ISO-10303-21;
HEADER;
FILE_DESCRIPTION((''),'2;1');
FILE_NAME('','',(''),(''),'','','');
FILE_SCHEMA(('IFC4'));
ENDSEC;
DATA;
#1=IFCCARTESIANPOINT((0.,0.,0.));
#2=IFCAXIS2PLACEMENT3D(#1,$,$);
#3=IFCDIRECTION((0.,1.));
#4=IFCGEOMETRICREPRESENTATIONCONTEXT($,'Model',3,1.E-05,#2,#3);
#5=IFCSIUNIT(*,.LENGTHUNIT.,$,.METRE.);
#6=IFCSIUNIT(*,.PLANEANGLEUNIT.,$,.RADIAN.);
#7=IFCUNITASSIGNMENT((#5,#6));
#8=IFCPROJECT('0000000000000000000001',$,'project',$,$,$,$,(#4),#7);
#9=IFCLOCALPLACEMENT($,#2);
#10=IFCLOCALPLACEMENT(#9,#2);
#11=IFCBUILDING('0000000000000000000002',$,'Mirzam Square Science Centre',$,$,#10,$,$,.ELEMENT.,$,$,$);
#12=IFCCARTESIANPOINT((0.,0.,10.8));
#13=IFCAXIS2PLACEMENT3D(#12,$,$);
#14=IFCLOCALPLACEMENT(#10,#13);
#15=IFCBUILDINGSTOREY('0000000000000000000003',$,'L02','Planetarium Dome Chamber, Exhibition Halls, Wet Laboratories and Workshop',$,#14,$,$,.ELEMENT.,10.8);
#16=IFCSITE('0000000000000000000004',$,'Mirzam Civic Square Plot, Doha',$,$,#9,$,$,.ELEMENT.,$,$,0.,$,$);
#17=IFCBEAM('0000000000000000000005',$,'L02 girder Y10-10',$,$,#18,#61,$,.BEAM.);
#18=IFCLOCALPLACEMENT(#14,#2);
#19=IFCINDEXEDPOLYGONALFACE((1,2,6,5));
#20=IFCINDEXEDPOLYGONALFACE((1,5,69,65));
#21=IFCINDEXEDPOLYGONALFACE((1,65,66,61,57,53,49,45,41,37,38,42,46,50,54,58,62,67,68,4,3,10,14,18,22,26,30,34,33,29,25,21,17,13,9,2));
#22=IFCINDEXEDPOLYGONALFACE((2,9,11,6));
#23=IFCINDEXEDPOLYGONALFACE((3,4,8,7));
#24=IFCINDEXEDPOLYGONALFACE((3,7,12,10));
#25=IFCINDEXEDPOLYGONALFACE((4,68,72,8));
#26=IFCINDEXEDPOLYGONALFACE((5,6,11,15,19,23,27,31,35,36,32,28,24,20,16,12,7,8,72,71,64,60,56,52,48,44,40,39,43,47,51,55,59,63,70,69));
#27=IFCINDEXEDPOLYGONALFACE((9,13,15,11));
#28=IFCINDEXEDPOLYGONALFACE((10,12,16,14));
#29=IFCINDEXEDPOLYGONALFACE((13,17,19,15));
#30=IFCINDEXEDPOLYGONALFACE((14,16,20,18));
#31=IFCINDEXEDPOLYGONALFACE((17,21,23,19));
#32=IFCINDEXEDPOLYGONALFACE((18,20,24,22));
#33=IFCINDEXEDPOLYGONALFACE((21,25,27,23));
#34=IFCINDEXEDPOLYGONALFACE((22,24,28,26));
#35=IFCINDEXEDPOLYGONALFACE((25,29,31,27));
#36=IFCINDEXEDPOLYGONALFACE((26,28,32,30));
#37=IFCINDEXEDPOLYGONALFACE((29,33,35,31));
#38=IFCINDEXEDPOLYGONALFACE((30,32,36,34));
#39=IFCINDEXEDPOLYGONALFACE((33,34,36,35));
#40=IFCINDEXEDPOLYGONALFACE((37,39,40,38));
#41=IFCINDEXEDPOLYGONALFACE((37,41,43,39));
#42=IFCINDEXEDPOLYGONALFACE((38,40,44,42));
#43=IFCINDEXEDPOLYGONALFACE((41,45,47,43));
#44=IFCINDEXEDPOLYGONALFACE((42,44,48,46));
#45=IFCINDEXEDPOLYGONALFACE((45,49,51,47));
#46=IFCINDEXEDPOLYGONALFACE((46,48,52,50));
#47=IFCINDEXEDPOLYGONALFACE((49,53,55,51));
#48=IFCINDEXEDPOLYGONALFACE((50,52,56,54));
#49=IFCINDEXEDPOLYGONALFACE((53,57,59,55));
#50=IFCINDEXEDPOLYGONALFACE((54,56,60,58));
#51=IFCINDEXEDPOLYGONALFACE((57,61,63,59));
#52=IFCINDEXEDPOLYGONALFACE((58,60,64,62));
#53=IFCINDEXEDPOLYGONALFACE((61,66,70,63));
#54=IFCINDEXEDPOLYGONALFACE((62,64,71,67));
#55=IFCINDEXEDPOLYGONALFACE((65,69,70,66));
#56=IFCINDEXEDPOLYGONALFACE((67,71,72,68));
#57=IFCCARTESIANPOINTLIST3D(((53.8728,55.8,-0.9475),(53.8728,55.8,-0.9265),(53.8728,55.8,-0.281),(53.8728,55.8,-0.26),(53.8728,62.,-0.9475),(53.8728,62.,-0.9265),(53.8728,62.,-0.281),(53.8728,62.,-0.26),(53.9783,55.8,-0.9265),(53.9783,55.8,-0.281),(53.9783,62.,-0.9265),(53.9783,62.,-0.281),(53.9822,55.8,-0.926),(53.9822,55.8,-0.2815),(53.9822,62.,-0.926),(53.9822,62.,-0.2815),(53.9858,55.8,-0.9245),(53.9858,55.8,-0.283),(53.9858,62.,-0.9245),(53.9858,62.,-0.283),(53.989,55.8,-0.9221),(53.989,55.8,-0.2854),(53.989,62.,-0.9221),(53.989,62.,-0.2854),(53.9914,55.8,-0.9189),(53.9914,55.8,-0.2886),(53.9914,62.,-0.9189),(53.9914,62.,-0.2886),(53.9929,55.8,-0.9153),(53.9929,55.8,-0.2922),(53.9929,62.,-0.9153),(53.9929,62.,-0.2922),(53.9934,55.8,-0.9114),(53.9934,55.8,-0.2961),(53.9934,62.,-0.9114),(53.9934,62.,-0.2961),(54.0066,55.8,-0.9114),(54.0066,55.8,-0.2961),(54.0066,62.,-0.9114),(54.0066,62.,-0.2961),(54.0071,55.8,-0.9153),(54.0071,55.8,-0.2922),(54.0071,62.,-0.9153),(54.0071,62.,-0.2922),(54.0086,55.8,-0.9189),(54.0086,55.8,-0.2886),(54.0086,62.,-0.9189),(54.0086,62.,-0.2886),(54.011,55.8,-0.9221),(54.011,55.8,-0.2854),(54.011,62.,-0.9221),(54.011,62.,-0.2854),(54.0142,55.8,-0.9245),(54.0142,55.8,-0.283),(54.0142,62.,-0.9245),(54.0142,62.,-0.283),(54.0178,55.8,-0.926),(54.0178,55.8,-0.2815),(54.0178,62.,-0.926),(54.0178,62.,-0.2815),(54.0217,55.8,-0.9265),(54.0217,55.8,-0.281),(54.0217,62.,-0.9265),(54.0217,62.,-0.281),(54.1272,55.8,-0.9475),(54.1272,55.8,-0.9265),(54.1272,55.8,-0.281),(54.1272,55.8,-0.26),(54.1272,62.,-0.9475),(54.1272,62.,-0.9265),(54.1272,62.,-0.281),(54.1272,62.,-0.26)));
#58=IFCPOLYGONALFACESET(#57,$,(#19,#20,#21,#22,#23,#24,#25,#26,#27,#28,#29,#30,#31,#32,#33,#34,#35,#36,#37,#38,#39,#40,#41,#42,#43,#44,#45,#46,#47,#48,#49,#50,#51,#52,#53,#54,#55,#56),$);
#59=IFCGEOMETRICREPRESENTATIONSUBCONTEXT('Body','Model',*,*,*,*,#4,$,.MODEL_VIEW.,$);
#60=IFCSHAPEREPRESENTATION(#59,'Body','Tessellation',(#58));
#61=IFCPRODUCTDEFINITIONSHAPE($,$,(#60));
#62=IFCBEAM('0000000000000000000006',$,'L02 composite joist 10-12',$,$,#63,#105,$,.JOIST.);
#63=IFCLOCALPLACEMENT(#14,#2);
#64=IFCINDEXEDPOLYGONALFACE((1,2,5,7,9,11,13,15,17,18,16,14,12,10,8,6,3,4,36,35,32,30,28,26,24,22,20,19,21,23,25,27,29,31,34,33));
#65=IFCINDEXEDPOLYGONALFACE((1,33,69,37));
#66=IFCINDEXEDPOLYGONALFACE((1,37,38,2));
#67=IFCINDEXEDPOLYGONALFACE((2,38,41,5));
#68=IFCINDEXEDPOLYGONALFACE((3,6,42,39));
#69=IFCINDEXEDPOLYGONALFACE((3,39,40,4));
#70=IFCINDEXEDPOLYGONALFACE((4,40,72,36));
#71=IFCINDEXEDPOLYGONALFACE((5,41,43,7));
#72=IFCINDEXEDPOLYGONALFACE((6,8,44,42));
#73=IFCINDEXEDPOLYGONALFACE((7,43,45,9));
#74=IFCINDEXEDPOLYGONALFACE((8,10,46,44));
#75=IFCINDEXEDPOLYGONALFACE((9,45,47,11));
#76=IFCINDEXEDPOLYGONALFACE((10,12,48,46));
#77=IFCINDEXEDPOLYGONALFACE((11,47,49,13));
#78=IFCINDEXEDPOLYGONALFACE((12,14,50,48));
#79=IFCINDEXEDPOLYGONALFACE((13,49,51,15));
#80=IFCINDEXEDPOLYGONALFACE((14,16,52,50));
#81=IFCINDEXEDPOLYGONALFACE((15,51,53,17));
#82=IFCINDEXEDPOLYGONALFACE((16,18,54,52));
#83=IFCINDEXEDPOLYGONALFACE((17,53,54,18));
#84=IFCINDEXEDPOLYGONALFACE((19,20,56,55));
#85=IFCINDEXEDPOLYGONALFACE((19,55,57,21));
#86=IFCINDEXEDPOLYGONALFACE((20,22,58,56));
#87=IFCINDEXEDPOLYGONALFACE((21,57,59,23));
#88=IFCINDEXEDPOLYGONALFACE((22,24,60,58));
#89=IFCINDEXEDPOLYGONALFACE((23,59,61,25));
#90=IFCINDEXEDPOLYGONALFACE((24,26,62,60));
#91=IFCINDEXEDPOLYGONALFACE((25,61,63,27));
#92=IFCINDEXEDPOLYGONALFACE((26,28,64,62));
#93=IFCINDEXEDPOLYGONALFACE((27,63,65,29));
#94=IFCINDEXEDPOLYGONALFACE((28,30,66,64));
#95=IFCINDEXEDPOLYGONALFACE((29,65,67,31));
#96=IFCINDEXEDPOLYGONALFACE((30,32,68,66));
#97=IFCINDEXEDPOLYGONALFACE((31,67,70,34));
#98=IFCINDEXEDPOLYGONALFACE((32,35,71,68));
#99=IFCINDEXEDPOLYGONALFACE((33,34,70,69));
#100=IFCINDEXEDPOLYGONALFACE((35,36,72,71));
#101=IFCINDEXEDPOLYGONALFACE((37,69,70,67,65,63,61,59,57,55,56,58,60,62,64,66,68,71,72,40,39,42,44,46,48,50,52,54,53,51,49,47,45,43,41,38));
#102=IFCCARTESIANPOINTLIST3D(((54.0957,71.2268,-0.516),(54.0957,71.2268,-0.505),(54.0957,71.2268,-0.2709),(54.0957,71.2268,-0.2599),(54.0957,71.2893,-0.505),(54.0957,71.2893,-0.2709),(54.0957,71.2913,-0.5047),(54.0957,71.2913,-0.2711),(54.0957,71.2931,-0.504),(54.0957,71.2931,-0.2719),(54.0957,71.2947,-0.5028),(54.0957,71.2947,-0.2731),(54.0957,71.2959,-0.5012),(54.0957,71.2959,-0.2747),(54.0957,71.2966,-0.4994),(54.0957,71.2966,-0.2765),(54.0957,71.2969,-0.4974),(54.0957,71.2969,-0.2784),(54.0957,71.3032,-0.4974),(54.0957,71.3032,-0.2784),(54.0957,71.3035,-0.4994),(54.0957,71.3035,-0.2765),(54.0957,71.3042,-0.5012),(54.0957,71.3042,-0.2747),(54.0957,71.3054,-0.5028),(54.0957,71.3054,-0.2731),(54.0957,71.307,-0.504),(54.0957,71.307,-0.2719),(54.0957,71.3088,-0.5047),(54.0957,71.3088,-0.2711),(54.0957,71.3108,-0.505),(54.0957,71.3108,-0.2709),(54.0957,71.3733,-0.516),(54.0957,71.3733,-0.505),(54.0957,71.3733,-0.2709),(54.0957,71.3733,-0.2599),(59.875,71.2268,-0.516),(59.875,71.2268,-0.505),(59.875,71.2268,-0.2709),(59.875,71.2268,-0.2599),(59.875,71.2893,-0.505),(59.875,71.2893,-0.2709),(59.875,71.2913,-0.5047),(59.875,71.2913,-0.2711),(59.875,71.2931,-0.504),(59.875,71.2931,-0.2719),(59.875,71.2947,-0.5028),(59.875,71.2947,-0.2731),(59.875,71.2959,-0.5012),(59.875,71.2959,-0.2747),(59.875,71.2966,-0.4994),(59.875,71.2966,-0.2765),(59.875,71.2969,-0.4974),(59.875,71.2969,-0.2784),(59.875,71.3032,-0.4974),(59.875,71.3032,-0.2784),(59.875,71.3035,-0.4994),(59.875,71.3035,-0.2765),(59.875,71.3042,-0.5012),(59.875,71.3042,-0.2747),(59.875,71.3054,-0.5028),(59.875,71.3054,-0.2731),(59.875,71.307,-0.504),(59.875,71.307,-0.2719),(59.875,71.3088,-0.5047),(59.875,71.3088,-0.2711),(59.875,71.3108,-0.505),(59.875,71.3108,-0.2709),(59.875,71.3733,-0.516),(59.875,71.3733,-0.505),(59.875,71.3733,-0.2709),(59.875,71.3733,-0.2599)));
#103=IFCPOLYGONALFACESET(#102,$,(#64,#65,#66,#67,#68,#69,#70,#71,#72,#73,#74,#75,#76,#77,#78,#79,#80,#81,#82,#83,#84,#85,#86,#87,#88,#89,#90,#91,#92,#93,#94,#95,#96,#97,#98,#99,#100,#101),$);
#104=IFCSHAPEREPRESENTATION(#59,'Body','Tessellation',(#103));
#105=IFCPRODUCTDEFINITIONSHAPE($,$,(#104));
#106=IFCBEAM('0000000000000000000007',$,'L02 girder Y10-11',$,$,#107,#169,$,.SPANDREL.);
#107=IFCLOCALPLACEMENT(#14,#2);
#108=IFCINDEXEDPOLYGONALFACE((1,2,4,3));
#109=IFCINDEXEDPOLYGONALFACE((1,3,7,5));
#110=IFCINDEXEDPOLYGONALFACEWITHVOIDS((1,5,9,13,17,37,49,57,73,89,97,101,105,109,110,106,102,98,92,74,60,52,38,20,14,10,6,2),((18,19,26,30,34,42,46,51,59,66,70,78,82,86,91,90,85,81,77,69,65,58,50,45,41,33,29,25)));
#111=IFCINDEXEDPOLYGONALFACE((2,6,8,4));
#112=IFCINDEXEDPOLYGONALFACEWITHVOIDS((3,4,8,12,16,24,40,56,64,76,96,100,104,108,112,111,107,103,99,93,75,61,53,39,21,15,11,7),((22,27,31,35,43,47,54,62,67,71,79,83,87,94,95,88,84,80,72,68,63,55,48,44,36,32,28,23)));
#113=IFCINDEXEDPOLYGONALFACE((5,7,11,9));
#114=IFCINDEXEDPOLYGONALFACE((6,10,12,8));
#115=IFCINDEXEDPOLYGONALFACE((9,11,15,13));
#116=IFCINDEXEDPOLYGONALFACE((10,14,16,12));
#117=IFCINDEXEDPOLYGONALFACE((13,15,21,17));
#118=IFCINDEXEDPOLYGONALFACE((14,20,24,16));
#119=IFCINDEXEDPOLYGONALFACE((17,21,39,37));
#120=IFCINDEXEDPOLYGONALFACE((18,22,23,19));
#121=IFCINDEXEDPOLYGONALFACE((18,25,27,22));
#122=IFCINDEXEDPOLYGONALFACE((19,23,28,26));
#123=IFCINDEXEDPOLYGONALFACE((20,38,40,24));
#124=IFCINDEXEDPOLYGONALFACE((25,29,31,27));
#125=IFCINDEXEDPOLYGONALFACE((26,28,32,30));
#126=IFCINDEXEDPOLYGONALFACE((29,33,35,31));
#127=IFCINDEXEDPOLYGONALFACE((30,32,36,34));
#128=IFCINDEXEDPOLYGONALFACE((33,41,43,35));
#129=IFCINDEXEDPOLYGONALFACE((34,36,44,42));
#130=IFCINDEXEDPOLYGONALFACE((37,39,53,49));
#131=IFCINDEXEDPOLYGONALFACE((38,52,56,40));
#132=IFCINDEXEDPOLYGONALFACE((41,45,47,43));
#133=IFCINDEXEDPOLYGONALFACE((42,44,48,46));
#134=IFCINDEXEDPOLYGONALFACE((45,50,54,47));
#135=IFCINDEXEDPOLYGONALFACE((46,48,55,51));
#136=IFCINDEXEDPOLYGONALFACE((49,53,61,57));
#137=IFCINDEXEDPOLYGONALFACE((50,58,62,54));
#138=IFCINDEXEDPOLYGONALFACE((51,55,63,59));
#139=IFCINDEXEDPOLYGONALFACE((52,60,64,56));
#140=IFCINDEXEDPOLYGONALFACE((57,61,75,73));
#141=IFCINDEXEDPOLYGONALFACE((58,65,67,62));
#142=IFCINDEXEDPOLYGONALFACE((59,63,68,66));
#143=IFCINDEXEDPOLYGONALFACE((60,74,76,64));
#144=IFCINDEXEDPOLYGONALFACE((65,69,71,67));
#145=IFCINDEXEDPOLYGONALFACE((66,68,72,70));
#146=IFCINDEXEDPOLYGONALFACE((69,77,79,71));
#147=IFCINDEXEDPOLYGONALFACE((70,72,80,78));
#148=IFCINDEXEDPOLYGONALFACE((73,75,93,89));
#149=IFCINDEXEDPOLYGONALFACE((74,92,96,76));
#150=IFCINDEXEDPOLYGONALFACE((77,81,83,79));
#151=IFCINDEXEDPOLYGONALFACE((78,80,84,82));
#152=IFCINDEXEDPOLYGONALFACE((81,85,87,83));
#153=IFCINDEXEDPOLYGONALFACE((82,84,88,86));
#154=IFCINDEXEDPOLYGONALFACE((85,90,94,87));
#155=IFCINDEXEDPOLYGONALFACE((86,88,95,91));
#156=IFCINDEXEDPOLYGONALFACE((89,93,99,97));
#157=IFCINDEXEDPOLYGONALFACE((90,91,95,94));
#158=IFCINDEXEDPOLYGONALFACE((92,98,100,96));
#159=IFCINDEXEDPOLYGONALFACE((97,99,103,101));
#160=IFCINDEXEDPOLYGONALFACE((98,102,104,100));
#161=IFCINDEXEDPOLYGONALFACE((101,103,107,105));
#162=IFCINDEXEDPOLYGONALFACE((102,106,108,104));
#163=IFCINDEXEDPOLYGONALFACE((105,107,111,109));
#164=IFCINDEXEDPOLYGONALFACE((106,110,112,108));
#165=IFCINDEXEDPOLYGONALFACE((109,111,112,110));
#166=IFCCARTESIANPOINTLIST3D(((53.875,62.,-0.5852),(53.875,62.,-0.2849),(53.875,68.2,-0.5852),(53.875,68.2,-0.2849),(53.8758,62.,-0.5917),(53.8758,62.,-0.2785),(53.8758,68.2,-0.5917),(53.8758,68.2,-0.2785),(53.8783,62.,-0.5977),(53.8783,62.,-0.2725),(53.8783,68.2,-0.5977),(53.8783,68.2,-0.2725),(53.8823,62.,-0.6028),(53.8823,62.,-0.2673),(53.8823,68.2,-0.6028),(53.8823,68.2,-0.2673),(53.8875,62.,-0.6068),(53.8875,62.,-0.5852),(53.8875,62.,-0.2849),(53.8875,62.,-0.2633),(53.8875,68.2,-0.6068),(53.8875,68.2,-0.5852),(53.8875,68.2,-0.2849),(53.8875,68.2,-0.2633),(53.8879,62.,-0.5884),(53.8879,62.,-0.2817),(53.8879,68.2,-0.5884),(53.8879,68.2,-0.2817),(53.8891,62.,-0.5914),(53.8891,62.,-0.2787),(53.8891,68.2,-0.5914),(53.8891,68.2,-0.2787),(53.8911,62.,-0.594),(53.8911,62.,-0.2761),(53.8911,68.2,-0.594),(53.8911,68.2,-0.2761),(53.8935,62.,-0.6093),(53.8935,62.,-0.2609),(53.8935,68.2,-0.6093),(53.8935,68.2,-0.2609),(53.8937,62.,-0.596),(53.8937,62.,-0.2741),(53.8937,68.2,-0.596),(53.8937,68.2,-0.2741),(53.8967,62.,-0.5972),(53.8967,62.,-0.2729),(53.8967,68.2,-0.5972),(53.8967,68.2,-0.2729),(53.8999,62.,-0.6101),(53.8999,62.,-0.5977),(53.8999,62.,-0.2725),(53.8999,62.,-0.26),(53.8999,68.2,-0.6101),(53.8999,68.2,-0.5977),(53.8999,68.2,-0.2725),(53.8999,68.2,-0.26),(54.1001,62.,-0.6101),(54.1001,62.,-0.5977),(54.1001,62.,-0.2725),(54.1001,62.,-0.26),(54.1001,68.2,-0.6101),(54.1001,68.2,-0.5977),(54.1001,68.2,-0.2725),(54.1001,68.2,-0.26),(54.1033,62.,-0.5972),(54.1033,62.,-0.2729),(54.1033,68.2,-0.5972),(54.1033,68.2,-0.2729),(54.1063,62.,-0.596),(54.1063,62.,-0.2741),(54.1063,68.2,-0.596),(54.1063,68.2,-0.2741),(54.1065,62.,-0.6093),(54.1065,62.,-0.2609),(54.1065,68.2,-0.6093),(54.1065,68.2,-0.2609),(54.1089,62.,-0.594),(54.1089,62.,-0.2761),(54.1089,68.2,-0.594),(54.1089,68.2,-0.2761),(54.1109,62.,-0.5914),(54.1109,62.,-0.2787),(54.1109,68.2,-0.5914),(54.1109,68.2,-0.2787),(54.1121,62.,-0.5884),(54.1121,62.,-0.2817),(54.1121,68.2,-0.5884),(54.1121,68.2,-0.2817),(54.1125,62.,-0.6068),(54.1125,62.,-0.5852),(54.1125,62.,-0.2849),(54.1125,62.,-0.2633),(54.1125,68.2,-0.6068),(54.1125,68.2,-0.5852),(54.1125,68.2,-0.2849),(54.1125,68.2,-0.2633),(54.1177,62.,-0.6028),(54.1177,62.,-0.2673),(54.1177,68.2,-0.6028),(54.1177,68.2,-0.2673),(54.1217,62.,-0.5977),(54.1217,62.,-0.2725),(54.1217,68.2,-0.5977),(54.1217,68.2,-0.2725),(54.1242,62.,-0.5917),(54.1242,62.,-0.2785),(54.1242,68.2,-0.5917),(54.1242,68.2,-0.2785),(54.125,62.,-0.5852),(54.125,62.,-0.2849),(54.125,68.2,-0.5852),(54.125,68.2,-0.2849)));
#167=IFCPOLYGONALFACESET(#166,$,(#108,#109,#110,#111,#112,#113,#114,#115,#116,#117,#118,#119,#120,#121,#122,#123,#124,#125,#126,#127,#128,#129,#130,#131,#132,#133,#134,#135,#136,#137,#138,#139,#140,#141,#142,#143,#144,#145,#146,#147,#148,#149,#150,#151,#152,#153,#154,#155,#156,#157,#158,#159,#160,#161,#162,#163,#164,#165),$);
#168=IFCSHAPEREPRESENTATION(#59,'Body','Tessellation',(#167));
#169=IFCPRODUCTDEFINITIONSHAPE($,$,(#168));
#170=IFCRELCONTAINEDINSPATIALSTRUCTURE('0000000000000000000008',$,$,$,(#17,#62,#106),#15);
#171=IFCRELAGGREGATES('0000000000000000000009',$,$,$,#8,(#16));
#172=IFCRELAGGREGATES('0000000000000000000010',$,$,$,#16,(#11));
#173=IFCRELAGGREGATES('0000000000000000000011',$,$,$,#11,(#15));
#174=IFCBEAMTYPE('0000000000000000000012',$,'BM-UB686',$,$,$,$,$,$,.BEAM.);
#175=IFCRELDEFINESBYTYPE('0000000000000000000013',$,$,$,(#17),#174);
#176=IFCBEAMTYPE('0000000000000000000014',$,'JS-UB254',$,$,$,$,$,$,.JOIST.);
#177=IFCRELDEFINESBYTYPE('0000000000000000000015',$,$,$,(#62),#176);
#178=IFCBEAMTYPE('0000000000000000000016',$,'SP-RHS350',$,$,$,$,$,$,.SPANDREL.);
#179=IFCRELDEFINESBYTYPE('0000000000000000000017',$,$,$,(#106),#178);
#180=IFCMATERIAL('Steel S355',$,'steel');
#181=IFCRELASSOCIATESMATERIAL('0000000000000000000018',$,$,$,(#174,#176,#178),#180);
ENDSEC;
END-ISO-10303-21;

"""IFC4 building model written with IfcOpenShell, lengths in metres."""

from ifc_helpers import new_model, si_unit, direction, frame, origin, origin_2d, place, context, subcontext, project, spatial, hollow_rectangle, i_section, extrude, material, material_profile, profile_set, type_object, element, save


model = new_model("IFC4")

# Units and contexts
model_context = context("Model", 3, precision=1e-05, world=origin(), true_north=direction((0.0, 1.0)))
body_context = subcontext(model_context, "Body", "Model", "MODEL_VIEW")
ifc_project = project(units=[si_unit("LENGTHUNIT", "METRE"), si_unit("PLANEANGLEUNIT", "RADIAN")], contexts=[model_context])

# Site, building, storey
site_placement = place(None, origin())
site = spatial("IfcSite", under=ifc_project, at=site_placement, Name="Mirzam Civic Square Plot, Doha", CompositionType="ELEMENT", RefElevation=0.0)
building_placement = place(site_placement, origin())
building = spatial("IfcBuilding", under=site, at=building_placement, Name="Mirzam Square Science Centre", CompositionType="ELEMENT")
storey_placement = place(building_placement, frame((0.0, 0.0, 10.8)))
storey = spatial("IfcBuildingStorey", under=building, at=storey_placement, Name="L02", Description="Planetarium Dome Chamber, Exhibition Halls, Wet Laboratories and Workshop", CompositionType="ELEMENT", Elevation=10.8)

# Shared definitions
ifc_material_1 = material(Name="Steel S355", Category="steel")

# Beams
ifc_material_profile_1 = material_profile(ifc_material_1, i_section(OverallWidth=0.2544, OverallDepth=0.6875, WebThickness=0.0132, FlangeThickness=0.021, FilletRadius=0.0151, at=origin_2d()), Name="686x254x152UB")
ifc_profile_set_1 = profile_set([ifc_material_profile_1], Name="Steel S355")
beam_type_1 = type_object("IfcBeamType", Name="BM-UB686", PredefinedType="BEAM", material=ifc_profile_set_1)
beam_1_placement = place(storey_placement, frame((54.0, 55.8, -0.6038), z_axis=(0.0, 1.0, 0.0), x_axis=(-1.0, 0.0, 0.0)))
element("IfcBeam", 1, at=beam_1_placement, inside=storey, type_object=beam_type_1, Name="L02 girder Y10-10", PredefinedType="BEAM", context=body_context, shape_type="SweptSolid", body=[
    extrude(i_section(OverallWidth=0.2544, OverallDepth=0.6875, WebThickness=0.0132, FlangeThickness=0.021, FilletRadius=0.0151, at=origin_2d()), origin(), (0.0, 0.0, 1.0), 6.2),
])
ifc_material_profile_2 = material_profile(ifc_material_1, i_section(OverallWidth=0.1465, OverallDepth=0.2561, WebThickness=0.0063, FlangeThickness=0.011, FilletRadius=0.0076, at=origin_2d()), Name="254x146x37UB")
ifc_profile_set_2 = profile_set([ifc_material_profile_2], Name="Steel S355")
beam_type_2 = type_object("IfcBeamType", Name="JS-UB254", PredefinedType="JOIST", material=ifc_profile_set_2)
beam_2_placement = place(storey_placement, frame((54.0957, 71.3, -0.3879), z_axis=(1.0, 0.0, 0.0), x_axis=(0.0, 1.0, 0.0)))
element("IfcBeam", 2, at=beam_2_placement, inside=storey, type_object=beam_type_2, Name="L02 composite joist 10-12", PredefinedType="JOIST", context=body_context, shape_type="SweptSolid", body=[
    extrude(i_section(OverallWidth=0.1465, OverallDepth=0.2561, WebThickness=0.0063, FlangeThickness=0.011, FilletRadius=0.0076, at=origin_2d()), origin(), (0.0, 0.0, 1.0), 5.7793),
])
ifc_material_profile_3 = material_profile(ifc_material_1, hollow_rectangle(XDim=0.25, YDim=0.3501, WallThickness=0.0125, InnerFilletRadius=0.0125, OuterFilletRadius=0.0249, at=origin_2d()), Name="350x250x12.5RHS")
ifc_profile_set_3 = profile_set([ifc_material_profile_3], Name="Steel S355")
beam_type_3 = type_object("IfcBeamType", Name="SP-RHS350", PredefinedType="SPANDREL", material=ifc_profile_set_3)
for number, where, z_axis, x_axis, name in (
    (3, (54.0, 62.0, -0.4351), (0.0, 1.0, 0.0), (-1.0, 0.0, 0.0), "L02 girder Y10-11"),
):
    element("IfcBeam", number, at=place(storey_placement, frame(where, z_axis=z_axis, x_axis=x_axis)), inside=storey, type_object=beam_type_3, Name=name, PredefinedType="SPANDREL", context=body_context, shape_type="SweptSolid", body=[
        extrude(hollow_rectangle(XDim=0.25, YDim=0.3501, WallThickness=0.0125, InnerFilletRadius=0.0125, OuterFilletRadius=0.0249, at=origin_2d()), origin(), (0.0, 0.0, 1.0), 6.2),
    ])

save(model, "model.ifc")
